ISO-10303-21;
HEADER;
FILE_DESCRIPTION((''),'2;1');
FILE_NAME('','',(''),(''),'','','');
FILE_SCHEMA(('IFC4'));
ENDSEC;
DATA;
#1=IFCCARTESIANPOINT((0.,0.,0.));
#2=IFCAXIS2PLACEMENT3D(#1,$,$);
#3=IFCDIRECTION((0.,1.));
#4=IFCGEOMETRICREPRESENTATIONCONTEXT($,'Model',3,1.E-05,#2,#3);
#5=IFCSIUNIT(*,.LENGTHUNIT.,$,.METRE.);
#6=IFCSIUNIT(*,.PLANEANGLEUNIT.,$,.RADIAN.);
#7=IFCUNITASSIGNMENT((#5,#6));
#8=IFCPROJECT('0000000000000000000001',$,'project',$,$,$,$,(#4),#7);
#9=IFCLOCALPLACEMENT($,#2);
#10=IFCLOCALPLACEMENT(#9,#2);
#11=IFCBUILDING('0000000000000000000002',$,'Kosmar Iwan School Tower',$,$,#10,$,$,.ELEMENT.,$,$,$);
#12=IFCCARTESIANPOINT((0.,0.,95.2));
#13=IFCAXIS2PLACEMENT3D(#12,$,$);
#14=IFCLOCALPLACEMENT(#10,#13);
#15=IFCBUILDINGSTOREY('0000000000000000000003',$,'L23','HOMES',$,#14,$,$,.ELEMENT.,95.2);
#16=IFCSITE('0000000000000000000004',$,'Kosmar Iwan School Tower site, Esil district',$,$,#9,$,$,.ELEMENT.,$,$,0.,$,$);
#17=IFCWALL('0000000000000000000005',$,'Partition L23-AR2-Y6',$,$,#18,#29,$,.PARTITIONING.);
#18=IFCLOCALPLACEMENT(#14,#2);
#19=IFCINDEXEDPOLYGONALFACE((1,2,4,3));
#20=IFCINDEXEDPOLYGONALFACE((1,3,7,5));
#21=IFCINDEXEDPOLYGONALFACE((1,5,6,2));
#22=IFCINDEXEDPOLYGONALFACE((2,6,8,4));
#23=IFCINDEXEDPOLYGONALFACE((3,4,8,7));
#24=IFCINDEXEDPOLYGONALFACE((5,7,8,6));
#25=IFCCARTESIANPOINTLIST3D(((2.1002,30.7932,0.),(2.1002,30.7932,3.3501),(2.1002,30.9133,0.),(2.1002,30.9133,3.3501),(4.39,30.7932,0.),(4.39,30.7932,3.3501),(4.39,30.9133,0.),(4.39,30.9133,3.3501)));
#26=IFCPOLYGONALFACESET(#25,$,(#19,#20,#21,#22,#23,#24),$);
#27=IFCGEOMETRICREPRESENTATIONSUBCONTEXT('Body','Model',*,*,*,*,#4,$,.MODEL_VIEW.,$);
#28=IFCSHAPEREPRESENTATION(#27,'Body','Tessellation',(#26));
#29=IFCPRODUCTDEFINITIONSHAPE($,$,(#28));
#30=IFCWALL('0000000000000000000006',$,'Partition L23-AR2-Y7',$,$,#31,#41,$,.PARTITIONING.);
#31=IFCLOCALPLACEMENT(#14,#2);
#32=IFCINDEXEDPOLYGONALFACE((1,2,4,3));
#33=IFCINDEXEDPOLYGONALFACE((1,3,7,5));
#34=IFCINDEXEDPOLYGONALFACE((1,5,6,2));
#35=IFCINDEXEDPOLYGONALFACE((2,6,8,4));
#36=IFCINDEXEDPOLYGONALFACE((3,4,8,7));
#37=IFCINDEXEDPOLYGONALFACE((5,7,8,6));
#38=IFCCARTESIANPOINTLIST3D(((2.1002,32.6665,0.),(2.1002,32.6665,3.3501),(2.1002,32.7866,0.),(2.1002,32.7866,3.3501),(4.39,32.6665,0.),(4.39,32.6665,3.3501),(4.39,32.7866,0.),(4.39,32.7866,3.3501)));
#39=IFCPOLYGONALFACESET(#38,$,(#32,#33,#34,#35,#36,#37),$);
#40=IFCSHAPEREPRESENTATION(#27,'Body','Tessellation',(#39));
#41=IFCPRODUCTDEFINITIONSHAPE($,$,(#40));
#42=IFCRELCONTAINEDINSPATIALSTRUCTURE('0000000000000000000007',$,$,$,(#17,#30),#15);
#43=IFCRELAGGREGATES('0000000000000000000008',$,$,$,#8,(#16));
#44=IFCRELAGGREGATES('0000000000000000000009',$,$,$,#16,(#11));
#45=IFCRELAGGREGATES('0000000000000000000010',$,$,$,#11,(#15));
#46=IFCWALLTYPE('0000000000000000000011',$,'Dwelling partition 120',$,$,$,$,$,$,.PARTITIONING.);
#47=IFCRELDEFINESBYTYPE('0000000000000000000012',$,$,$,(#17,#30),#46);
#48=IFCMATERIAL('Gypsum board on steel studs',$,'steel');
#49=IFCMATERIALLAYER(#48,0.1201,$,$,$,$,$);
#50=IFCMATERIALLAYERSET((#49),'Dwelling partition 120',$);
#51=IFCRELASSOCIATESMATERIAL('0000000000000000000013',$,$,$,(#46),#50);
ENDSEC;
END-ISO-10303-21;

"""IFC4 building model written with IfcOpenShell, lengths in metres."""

from ifc_helpers import new_model, si_unit, direction, frame, frame_2d, origin, place, context, subcontext, project, spatial, rectangle, extrude, material, layer, layer_set, type_object, element, save


model = new_model("IFC4")

# Units and contexts
model_context = context("Model", 3, precision=1e-05, world=origin(), true_north=direction((0.0, 1.0)))
body_context = subcontext(model_context, "Body", "Model", "MODEL_VIEW")
ifc_project = project(units=[si_unit("LENGTHUNIT", "METRE"), si_unit("PLANEANGLEUNIT", "RADIAN")], contexts=[model_context])

# Site, building, storey
site_placement = place(None, origin())
site = spatial("IfcSite", under=ifc_project, at=site_placement, Name="Kosmar Iwan School Tower site, Esil district", CompositionType="ELEMENT", RefElevation=0.0)
building_placement = place(site_placement, origin())
building = spatial("IfcBuilding", under=site, at=building_placement, Name="Kosmar Iwan School Tower", CompositionType="ELEMENT")
storey_placement = place(building_placement, frame((0.0, 0.0, 95.2)))
storey = spatial("IfcBuildingStorey", under=building, at=storey_placement, Name="L23", Description="HOMES", CompositionType="ELEMENT", Elevation=95.2)

# Walls
ifc_material_1 = material(Name="Gypsum board on steel studs", Category="steel")
ifc_layer_1 = layer(ifc_material_1, 0.1201)
ifc_layer_set_1 = layer_set([ifc_layer_1], Name="Dwelling partition 120")
wall_type = type_object("IfcWallType", Name="Dwelling partition 120", PredefinedType="PARTITIONING", material=ifc_layer_set_1)
for number, where, z_axis, x_axis, name in (
    (1, (2.1001, 30.8533, 0.0), (0.0, 0.0, 1.0), (1.0, 0.0, 0.0), "Partition L23-AR2-Y6"),
    (2, (2.1001, 32.7266, 0.0), (0.0, 0.0, 1.0), (1.0, 0.0, 0.0), "Partition L23-AR2-Y7"),
):
    element("IfcWall", number, at=place(storey_placement, frame(where, z_axis=z_axis, x_axis=x_axis)), inside=storey, type_object=wall_type, Name=name, PredefinedType="PARTITIONING", context=body_context, shape_type="SweptSolid", body=[
        extrude(rectangle(XDim=2.2898, YDim=0.1201, at=frame_2d((1.145, 0.0))), origin(), (0.0, 0.0, 1.0), 3.3501),
    ])

save(model, "model.ifc")
